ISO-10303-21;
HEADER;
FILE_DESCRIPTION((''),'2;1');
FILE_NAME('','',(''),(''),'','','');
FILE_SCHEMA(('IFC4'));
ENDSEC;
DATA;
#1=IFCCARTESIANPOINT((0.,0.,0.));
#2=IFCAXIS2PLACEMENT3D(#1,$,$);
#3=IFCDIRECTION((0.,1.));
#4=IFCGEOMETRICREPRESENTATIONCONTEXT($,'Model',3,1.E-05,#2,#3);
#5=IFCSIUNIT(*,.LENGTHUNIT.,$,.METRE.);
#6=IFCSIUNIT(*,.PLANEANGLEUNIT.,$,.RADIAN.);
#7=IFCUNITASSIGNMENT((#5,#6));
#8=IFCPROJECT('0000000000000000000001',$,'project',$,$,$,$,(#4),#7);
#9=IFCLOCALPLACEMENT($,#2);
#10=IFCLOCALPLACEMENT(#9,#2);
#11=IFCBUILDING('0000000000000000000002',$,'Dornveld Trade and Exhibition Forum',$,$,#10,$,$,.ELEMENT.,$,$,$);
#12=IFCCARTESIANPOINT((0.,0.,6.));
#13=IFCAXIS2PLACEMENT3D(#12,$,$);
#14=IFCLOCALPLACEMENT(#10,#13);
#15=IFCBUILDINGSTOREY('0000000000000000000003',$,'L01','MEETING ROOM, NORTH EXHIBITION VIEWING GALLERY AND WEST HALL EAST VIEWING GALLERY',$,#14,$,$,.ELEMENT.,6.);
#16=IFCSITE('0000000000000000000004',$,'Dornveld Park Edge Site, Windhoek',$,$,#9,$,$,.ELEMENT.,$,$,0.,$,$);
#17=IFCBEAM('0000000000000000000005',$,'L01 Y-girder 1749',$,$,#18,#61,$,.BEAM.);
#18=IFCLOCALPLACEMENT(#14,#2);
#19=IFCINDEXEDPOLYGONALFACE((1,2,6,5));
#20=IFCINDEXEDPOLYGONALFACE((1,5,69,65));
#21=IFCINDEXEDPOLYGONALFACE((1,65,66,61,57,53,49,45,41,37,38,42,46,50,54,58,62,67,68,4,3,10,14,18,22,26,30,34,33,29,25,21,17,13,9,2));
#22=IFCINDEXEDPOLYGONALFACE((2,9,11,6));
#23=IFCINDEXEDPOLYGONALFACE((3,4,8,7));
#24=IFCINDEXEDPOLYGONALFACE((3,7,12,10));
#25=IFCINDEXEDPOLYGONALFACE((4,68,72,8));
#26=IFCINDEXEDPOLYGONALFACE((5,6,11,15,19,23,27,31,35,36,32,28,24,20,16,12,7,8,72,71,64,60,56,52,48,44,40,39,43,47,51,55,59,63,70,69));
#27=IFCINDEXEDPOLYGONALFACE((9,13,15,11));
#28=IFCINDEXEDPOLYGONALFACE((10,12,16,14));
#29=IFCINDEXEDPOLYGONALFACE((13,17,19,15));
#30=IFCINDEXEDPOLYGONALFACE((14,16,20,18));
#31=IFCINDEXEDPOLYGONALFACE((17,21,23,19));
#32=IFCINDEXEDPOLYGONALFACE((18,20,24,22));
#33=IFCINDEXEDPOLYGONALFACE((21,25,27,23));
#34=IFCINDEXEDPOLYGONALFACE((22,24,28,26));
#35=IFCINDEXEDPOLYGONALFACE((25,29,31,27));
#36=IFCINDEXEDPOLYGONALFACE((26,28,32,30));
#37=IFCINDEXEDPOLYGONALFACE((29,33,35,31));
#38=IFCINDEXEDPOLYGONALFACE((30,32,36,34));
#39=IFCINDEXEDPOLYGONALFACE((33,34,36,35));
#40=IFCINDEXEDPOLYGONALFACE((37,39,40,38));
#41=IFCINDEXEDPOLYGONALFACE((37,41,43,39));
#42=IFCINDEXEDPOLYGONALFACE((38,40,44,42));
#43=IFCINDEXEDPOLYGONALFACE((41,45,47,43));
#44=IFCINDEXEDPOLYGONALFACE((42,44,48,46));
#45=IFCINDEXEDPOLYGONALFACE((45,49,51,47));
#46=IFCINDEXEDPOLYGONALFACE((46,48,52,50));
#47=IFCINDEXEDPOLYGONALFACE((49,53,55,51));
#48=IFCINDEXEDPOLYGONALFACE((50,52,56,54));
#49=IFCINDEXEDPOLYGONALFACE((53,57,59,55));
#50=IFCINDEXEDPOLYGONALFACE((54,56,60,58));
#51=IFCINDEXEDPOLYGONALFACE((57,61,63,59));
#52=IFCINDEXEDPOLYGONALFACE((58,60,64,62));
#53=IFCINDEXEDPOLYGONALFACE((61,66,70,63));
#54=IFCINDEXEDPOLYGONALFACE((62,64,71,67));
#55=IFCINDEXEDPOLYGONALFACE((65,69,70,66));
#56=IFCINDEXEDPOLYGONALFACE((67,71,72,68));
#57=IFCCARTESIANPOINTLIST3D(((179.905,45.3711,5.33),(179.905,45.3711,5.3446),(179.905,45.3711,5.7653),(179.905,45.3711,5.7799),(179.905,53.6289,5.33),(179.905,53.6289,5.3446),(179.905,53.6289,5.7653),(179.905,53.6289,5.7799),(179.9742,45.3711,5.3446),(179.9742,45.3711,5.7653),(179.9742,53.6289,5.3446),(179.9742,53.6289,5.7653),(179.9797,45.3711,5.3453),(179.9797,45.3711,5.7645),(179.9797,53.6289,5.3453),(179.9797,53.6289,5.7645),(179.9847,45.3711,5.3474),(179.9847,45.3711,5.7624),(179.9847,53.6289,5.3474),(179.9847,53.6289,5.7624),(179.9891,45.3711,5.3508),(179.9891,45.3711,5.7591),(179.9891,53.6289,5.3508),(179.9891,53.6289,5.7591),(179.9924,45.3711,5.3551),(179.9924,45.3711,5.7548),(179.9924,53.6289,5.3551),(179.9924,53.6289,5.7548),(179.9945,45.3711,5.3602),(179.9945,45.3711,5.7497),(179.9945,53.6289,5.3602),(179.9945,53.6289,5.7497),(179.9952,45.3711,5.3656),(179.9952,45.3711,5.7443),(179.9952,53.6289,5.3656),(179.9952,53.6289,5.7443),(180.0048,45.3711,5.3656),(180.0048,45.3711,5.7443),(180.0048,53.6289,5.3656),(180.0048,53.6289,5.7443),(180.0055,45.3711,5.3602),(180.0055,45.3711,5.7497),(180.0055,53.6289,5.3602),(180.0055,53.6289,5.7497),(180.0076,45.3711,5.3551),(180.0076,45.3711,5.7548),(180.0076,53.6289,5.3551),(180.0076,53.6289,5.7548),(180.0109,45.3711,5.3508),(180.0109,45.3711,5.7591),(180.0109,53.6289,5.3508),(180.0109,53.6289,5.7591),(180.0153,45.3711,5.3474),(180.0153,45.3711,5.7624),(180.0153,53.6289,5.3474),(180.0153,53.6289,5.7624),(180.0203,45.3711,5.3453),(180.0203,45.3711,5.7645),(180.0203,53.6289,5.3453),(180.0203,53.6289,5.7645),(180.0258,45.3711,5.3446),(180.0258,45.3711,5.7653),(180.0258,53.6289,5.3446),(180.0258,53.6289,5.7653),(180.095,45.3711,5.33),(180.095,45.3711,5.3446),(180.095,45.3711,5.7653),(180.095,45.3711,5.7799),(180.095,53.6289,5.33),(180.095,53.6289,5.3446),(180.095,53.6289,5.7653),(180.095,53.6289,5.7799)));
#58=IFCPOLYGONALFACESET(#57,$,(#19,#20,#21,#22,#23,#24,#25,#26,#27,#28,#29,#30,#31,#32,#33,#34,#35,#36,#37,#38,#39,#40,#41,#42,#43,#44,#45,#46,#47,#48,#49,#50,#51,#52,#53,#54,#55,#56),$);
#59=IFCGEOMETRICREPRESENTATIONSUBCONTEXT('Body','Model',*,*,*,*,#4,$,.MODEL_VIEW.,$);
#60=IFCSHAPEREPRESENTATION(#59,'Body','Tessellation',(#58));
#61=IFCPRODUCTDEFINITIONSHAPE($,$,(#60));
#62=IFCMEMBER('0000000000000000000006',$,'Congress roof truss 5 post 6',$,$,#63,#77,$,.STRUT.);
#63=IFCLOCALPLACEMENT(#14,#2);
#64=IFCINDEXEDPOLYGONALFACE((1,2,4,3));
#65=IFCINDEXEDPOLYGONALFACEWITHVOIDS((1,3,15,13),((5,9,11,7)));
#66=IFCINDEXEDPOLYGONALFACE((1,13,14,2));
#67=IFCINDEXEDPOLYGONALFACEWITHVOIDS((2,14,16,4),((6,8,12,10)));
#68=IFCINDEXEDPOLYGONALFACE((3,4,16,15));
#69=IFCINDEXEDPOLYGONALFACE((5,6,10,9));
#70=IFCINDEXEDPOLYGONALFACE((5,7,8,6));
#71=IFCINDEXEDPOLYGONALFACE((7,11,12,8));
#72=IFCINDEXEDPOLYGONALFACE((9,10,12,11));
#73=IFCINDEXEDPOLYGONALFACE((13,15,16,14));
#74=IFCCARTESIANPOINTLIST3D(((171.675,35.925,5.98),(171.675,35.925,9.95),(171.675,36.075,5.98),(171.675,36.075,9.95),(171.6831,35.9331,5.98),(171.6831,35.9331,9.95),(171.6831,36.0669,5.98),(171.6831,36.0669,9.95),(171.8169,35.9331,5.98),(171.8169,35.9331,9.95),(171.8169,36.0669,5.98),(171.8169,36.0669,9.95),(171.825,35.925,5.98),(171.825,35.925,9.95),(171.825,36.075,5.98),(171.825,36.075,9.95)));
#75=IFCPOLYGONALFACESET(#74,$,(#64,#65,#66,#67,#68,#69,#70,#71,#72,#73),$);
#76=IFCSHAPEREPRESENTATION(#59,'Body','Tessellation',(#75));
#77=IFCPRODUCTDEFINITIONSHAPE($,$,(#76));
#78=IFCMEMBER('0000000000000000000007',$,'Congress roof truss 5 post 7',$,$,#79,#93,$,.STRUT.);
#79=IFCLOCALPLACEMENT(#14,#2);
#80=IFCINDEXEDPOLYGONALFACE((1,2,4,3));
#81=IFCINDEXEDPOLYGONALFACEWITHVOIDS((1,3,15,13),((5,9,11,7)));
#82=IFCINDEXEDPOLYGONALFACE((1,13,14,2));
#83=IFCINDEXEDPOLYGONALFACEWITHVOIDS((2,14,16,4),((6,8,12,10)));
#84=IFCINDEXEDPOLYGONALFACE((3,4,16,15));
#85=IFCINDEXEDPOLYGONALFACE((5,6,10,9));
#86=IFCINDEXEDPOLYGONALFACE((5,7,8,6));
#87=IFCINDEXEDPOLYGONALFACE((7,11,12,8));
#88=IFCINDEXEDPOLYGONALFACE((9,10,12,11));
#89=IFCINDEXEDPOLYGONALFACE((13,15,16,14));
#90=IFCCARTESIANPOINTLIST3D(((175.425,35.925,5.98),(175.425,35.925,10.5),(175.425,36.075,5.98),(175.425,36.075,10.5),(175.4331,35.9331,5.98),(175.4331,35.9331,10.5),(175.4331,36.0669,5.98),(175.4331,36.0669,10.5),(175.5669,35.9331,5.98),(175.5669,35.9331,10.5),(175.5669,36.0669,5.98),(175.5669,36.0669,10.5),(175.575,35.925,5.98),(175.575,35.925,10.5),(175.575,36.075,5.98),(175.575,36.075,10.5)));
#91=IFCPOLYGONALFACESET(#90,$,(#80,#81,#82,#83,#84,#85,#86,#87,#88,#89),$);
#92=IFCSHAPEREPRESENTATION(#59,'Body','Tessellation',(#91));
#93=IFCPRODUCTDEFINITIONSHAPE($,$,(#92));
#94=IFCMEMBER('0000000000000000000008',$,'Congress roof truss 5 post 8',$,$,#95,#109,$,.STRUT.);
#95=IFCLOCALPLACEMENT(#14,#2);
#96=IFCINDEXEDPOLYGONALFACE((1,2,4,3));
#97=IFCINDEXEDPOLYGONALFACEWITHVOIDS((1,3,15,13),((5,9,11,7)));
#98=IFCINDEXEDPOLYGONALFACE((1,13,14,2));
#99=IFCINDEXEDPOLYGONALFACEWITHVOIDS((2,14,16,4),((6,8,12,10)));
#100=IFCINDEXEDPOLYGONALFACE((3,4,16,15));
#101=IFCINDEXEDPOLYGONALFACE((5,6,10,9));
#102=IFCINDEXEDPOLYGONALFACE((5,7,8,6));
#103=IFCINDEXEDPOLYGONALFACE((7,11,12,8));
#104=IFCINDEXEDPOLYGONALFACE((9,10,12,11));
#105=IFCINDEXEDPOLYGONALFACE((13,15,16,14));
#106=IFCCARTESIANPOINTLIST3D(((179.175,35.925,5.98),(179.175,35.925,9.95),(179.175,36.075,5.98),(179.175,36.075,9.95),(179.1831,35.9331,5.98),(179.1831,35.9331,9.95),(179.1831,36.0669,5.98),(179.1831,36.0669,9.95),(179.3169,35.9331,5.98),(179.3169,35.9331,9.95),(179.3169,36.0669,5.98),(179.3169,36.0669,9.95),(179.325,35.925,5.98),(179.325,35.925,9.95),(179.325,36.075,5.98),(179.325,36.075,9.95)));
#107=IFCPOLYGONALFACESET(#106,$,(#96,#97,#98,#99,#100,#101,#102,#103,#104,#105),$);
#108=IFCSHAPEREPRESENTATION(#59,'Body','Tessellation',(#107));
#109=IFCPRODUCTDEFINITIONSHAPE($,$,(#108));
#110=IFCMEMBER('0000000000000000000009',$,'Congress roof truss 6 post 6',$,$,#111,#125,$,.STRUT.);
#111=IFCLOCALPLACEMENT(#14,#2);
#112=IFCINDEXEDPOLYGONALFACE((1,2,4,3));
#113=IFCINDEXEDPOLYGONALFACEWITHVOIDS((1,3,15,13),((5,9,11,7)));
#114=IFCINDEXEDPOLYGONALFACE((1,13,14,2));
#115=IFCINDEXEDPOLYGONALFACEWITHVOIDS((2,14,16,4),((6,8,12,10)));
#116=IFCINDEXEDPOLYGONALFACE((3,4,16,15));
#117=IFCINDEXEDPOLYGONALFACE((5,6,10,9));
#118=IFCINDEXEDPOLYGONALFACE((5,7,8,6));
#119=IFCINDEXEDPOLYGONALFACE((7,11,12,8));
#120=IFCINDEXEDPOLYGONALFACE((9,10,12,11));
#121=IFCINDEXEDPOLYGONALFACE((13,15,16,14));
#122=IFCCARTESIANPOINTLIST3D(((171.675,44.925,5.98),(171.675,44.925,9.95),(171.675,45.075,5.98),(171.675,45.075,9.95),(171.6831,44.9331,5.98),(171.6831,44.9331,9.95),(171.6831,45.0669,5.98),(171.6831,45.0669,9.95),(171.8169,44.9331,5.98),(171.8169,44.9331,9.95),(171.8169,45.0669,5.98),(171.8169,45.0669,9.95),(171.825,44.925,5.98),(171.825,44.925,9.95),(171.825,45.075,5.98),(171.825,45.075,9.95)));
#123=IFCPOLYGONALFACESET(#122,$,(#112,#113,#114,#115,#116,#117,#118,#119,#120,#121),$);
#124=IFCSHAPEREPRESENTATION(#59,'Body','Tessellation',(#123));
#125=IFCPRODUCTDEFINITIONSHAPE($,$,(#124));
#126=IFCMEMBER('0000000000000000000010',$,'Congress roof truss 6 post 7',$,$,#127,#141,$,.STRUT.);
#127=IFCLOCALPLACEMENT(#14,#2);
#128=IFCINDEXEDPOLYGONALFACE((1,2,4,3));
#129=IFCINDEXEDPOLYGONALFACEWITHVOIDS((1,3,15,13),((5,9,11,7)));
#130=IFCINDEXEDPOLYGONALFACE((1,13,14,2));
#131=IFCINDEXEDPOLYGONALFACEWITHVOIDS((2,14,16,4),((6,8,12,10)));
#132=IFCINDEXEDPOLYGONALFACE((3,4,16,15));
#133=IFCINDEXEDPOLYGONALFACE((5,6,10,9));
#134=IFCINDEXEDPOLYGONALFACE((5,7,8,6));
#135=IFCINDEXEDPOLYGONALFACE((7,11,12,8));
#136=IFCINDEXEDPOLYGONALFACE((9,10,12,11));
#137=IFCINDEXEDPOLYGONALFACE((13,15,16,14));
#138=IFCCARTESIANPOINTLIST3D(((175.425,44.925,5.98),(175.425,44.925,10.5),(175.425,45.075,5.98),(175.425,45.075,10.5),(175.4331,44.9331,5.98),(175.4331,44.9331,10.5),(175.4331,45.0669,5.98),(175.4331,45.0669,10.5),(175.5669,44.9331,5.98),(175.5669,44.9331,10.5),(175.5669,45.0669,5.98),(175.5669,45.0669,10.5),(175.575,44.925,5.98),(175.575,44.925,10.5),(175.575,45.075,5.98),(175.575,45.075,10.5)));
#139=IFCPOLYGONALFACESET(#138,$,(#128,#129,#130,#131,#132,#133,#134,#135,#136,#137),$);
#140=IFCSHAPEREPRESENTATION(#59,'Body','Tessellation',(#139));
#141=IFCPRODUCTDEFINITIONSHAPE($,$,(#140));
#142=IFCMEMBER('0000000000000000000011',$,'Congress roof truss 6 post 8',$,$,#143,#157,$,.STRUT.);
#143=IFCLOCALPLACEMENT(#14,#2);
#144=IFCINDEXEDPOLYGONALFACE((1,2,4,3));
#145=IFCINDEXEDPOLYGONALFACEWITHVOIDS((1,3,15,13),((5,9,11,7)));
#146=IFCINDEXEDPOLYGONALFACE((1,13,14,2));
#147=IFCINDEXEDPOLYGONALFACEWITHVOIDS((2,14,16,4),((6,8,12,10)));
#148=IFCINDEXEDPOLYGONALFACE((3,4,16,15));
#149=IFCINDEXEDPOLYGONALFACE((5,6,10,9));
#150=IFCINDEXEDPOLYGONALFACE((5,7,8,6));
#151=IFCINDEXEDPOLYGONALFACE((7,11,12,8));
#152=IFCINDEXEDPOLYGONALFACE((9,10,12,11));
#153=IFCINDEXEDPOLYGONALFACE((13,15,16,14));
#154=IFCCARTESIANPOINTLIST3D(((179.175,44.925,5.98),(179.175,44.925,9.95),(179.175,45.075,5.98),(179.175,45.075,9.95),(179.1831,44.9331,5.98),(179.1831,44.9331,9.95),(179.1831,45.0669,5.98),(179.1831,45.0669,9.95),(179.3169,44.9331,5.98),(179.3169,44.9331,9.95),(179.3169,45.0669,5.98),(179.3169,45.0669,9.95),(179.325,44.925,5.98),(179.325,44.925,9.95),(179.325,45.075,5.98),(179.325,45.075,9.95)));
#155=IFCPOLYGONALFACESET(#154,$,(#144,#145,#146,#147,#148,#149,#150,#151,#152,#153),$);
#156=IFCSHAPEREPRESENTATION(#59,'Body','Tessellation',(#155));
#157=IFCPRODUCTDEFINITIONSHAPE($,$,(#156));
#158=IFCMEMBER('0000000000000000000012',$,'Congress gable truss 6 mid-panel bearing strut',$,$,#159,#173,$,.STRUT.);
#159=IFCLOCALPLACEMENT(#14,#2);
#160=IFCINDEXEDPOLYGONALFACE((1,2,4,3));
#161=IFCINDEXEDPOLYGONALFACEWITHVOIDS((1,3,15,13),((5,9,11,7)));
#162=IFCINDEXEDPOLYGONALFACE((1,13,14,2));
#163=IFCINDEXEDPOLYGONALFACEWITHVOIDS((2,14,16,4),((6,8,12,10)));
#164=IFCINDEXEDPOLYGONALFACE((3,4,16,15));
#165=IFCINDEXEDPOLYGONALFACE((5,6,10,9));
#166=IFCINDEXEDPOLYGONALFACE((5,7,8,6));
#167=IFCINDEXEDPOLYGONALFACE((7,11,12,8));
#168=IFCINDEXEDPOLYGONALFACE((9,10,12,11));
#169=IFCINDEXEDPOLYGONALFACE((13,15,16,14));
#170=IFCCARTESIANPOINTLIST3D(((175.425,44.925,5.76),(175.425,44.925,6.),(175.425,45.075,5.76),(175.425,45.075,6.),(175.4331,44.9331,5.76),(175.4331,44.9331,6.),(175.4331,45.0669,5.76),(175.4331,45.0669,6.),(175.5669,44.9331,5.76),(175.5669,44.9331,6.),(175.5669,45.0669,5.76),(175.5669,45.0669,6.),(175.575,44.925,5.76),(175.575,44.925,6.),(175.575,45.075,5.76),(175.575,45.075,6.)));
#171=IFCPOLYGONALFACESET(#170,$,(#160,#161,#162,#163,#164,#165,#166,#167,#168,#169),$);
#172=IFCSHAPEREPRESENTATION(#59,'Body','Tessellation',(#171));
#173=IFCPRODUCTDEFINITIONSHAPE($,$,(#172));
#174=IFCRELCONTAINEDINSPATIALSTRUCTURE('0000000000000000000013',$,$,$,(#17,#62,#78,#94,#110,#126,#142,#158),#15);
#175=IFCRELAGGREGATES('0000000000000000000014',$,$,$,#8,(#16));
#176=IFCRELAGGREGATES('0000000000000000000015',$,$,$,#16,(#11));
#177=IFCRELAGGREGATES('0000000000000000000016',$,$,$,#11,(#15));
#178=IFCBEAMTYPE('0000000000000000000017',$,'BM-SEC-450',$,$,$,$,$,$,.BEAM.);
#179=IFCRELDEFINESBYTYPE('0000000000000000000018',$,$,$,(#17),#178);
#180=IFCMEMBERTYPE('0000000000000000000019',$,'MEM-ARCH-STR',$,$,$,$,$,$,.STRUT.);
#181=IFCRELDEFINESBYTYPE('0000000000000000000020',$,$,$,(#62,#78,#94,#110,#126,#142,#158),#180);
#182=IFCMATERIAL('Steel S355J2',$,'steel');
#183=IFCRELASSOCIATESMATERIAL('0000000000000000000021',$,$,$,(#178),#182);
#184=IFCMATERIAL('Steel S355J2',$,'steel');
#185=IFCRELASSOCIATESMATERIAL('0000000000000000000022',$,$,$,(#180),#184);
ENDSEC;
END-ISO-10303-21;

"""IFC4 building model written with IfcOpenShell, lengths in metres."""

from ifc_helpers import new_model, si_unit, direction, frame, origin, origin_2d, place, context, subcontext, project, spatial, hollow_rectangle, i_section, extrude, material, material_profile, profile_set, type_object, element, save


model = new_model("IFC4")

# Units and contexts
model_context = context("Model", 3, precision=1e-05, world=origin(), true_north=direction((0.0, 1.0)))
body_context = subcontext(model_context, "Body", "Model", "MODEL_VIEW")
ifc_project = project(units=[si_unit("LENGTHUNIT", "METRE"), si_unit("PLANEANGLEUNIT", "RADIAN")], contexts=[model_context])

# Site, building, storey
site_placement = place(None, origin())
site = spatial("IfcSite", under=ifc_project, at=site_placement, Name="Dornveld Park Edge Site, Windhoek", CompositionType="ELEMENT", RefElevation=0.0)
building_placement = place(site_placement, origin())
building = spatial("IfcBuilding", under=site, at=building_placement, Name="Dornveld Trade and Exhibition Forum", CompositionType="ELEMENT")
storey_placement = place(building_placement, frame((0.0, 0.0, 6.0)))
storey = spatial("IfcBuildingStorey", under=building, at=storey_placement, Name="L01", Description="MEETING ROOM, NORTH EXHIBITION VIEWING GALLERY AND WEST HALL EAST VIEWING GALLERY", CompositionType="ELEMENT", Elevation=6.0)

# Beam
ifc_material_1 = material(Name="Steel S355J2", Category="steel")
ifc_material_profile_1 = material_profile(ifc_material_1, i_section(OverallWidth=0.1899, OverallDepth=0.45, WebThickness=0.0095, FlangeThickness=0.0146, FilletRadius=0.021, at=origin_2d()), Name="IPE 450")
ifc_profile_set_1 = profile_set([ifc_material_profile_1], Name="Steel S355J2")
beam_type_1 = type_object("IfcBeamType", Name="BM-SEC-450", PredefinedType="BEAM", material=ifc_profile_set_1)
for number, where, z_axis, x_axis, name in (
    (1, (180.0, 45.3711, 5.5549), (0.0, 1.0, 0.0), (-1.0, 0.0, 0.0), "L01 Y-girder 1749"),
):
    element("IfcBeam", number, at=place(storey_placement, frame(where, z_axis=z_axis, x_axis=x_axis)), inside=storey, type_object=beam_type_1, Name=name, PredefinedType="BEAM", context=body_context, shape_type="SweptSolid", body=[
        extrude(i_section(OverallWidth=0.1899, OverallDepth=0.45, WebThickness=0.0095, FlangeThickness=0.0146, FilletRadius=0.021, at=origin_2d()), origin(), (0.0, 0.0, 1.0), 8.2578),
    ])

# Members
ifc_material_2 = material(Name="Steel S355J2", Category="steel")
ifc_material_profile_2 = material_profile(ifc_material_2, hollow_rectangle(XDim=0.1499, YDim=0.1499, WallThickness=0.0081, at=origin_2d()), Name="SHS 150x150x8")
ifc_profile_set_2 = profile_set([ifc_material_profile_2], Name="Steel S355J2")
member_type_1 = type_object("IfcMemberType", Name="MEM-ARCH-STR", PredefinedType="STRUT", material=ifc_profile_set_2)
member_1_placement = place(storey_placement, frame((171.75, 36.0, 5.98), z_axis=(0.0, 0.0, 1.0), x_axis=(1.0, 0.0, 0.0)))
element("IfcMember", 2, at=member_1_placement, inside=storey, type_object=member_type_1, Name="Congress roof truss 5 post 6", PredefinedType="STRUT", context=body_context, shape_type="SweptSolid", body=[
    extrude(hollow_rectangle(XDim=0.1499, YDim=0.1499, WallThickness=0.0081, at=origin_2d()), origin(), (0.0, 0.0, 1.0), 3.97),
])
member_2_placement = place(storey_placement, frame((175.5, 36.0, 5.98), z_axis=(0.0, 0.0, 1.0), x_axis=(1.0, 0.0, 0.0)))
element("IfcMember", 3, at=member_2_placement, inside=storey, type_object=member_type_1, Name="Congress roof truss 5 post 7", PredefinedType="STRUT", context=body_context, shape_type="SweptSolid", body=[
    extrude(hollow_rectangle(XDim=0.1499, YDim=0.1499, WallThickness=0.0081, at=origin_2d()), origin(), (0.0, 0.0, 1.0), 4.52),
])
for number, where, z_axis, x_axis, name in (
    (4, (179.25, 36.0, 5.98), (0.0, 0.0, 1.0), (1.0, 0.0, 0.0), "Congress roof truss 5 post 8"),
    (5, (171.75, 45.0, 5.98), (0.0, 0.0, 1.0), (1.0, 0.0, 0.0), "Congress roof truss 6 post 6"),
):
    element("IfcMember", number, at=place(storey_placement, frame(where, z_axis=z_axis, x_axis=x_axis)), inside=storey, type_object=member_type_1, Name=name, PredefinedType="STRUT", context=body_context, shape_type="SweptSolid", body=[
        extrude(hollow_rectangle(XDim=0.1499, YDim=0.1499, WallThickness=0.0081, at=origin_2d()), origin(), (0.0, 0.0, 1.0), 3.97),
    ])
member_3_placement = place(storey_placement, frame((175.5, 45.0, 5.98), z_axis=(0.0, 0.0, 1.0), x_axis=(1.0, 0.0, 0.0)))
element("IfcMember", 6, at=member_3_placement, inside=storey, type_object=member_type_1, Name="Congress roof truss 6 post 7", PredefinedType="STRUT", context=body_context, shape_type="SweptSolid", body=[
    extrude(hollow_rectangle(XDim=0.1499, YDim=0.1499, WallThickness=0.0081, at=origin_2d()), origin(), (0.0, 0.0, 1.0), 4.52),
])
member_4_placement = place(storey_placement, frame((179.25, 45.0, 5.98), z_axis=(0.0, 0.0, 1.0), x_axis=(1.0, 0.0, 0.0)))
element("IfcMember", 7, at=member_4_placement, inside=storey, type_object=member_type_1, Name="Congress roof truss 6 post 8", PredefinedType="STRUT", context=body_context, shape_type="SweptSolid", body=[
    extrude(hollow_rectangle(XDim=0.1499, YDim=0.1499, WallThickness=0.0081, at=origin_2d()), origin(), (0.0, 0.0, 1.0), 3.97),
])
member_5_placement = place(storey_placement, frame((175.5, 45.0, 5.76), z_axis=(0.0, 0.0, 1.0), x_axis=(1.0, 0.0, 0.0)))
element("IfcMember", 8, at=member_5_placement, inside=storey, type_object=member_type_1, Name="Congress gable truss 6 mid-panel bearing strut", PredefinedType="STRUT", context=body_context, shape_type="SweptSolid", body=[
    extrude(hollow_rectangle(XDim=0.1499, YDim=0.1499, WallThickness=0.0081, at=origin_2d()), origin(), (0.0, 0.0, 1.0), 0.24),
])

save(model, "model.ifc")
